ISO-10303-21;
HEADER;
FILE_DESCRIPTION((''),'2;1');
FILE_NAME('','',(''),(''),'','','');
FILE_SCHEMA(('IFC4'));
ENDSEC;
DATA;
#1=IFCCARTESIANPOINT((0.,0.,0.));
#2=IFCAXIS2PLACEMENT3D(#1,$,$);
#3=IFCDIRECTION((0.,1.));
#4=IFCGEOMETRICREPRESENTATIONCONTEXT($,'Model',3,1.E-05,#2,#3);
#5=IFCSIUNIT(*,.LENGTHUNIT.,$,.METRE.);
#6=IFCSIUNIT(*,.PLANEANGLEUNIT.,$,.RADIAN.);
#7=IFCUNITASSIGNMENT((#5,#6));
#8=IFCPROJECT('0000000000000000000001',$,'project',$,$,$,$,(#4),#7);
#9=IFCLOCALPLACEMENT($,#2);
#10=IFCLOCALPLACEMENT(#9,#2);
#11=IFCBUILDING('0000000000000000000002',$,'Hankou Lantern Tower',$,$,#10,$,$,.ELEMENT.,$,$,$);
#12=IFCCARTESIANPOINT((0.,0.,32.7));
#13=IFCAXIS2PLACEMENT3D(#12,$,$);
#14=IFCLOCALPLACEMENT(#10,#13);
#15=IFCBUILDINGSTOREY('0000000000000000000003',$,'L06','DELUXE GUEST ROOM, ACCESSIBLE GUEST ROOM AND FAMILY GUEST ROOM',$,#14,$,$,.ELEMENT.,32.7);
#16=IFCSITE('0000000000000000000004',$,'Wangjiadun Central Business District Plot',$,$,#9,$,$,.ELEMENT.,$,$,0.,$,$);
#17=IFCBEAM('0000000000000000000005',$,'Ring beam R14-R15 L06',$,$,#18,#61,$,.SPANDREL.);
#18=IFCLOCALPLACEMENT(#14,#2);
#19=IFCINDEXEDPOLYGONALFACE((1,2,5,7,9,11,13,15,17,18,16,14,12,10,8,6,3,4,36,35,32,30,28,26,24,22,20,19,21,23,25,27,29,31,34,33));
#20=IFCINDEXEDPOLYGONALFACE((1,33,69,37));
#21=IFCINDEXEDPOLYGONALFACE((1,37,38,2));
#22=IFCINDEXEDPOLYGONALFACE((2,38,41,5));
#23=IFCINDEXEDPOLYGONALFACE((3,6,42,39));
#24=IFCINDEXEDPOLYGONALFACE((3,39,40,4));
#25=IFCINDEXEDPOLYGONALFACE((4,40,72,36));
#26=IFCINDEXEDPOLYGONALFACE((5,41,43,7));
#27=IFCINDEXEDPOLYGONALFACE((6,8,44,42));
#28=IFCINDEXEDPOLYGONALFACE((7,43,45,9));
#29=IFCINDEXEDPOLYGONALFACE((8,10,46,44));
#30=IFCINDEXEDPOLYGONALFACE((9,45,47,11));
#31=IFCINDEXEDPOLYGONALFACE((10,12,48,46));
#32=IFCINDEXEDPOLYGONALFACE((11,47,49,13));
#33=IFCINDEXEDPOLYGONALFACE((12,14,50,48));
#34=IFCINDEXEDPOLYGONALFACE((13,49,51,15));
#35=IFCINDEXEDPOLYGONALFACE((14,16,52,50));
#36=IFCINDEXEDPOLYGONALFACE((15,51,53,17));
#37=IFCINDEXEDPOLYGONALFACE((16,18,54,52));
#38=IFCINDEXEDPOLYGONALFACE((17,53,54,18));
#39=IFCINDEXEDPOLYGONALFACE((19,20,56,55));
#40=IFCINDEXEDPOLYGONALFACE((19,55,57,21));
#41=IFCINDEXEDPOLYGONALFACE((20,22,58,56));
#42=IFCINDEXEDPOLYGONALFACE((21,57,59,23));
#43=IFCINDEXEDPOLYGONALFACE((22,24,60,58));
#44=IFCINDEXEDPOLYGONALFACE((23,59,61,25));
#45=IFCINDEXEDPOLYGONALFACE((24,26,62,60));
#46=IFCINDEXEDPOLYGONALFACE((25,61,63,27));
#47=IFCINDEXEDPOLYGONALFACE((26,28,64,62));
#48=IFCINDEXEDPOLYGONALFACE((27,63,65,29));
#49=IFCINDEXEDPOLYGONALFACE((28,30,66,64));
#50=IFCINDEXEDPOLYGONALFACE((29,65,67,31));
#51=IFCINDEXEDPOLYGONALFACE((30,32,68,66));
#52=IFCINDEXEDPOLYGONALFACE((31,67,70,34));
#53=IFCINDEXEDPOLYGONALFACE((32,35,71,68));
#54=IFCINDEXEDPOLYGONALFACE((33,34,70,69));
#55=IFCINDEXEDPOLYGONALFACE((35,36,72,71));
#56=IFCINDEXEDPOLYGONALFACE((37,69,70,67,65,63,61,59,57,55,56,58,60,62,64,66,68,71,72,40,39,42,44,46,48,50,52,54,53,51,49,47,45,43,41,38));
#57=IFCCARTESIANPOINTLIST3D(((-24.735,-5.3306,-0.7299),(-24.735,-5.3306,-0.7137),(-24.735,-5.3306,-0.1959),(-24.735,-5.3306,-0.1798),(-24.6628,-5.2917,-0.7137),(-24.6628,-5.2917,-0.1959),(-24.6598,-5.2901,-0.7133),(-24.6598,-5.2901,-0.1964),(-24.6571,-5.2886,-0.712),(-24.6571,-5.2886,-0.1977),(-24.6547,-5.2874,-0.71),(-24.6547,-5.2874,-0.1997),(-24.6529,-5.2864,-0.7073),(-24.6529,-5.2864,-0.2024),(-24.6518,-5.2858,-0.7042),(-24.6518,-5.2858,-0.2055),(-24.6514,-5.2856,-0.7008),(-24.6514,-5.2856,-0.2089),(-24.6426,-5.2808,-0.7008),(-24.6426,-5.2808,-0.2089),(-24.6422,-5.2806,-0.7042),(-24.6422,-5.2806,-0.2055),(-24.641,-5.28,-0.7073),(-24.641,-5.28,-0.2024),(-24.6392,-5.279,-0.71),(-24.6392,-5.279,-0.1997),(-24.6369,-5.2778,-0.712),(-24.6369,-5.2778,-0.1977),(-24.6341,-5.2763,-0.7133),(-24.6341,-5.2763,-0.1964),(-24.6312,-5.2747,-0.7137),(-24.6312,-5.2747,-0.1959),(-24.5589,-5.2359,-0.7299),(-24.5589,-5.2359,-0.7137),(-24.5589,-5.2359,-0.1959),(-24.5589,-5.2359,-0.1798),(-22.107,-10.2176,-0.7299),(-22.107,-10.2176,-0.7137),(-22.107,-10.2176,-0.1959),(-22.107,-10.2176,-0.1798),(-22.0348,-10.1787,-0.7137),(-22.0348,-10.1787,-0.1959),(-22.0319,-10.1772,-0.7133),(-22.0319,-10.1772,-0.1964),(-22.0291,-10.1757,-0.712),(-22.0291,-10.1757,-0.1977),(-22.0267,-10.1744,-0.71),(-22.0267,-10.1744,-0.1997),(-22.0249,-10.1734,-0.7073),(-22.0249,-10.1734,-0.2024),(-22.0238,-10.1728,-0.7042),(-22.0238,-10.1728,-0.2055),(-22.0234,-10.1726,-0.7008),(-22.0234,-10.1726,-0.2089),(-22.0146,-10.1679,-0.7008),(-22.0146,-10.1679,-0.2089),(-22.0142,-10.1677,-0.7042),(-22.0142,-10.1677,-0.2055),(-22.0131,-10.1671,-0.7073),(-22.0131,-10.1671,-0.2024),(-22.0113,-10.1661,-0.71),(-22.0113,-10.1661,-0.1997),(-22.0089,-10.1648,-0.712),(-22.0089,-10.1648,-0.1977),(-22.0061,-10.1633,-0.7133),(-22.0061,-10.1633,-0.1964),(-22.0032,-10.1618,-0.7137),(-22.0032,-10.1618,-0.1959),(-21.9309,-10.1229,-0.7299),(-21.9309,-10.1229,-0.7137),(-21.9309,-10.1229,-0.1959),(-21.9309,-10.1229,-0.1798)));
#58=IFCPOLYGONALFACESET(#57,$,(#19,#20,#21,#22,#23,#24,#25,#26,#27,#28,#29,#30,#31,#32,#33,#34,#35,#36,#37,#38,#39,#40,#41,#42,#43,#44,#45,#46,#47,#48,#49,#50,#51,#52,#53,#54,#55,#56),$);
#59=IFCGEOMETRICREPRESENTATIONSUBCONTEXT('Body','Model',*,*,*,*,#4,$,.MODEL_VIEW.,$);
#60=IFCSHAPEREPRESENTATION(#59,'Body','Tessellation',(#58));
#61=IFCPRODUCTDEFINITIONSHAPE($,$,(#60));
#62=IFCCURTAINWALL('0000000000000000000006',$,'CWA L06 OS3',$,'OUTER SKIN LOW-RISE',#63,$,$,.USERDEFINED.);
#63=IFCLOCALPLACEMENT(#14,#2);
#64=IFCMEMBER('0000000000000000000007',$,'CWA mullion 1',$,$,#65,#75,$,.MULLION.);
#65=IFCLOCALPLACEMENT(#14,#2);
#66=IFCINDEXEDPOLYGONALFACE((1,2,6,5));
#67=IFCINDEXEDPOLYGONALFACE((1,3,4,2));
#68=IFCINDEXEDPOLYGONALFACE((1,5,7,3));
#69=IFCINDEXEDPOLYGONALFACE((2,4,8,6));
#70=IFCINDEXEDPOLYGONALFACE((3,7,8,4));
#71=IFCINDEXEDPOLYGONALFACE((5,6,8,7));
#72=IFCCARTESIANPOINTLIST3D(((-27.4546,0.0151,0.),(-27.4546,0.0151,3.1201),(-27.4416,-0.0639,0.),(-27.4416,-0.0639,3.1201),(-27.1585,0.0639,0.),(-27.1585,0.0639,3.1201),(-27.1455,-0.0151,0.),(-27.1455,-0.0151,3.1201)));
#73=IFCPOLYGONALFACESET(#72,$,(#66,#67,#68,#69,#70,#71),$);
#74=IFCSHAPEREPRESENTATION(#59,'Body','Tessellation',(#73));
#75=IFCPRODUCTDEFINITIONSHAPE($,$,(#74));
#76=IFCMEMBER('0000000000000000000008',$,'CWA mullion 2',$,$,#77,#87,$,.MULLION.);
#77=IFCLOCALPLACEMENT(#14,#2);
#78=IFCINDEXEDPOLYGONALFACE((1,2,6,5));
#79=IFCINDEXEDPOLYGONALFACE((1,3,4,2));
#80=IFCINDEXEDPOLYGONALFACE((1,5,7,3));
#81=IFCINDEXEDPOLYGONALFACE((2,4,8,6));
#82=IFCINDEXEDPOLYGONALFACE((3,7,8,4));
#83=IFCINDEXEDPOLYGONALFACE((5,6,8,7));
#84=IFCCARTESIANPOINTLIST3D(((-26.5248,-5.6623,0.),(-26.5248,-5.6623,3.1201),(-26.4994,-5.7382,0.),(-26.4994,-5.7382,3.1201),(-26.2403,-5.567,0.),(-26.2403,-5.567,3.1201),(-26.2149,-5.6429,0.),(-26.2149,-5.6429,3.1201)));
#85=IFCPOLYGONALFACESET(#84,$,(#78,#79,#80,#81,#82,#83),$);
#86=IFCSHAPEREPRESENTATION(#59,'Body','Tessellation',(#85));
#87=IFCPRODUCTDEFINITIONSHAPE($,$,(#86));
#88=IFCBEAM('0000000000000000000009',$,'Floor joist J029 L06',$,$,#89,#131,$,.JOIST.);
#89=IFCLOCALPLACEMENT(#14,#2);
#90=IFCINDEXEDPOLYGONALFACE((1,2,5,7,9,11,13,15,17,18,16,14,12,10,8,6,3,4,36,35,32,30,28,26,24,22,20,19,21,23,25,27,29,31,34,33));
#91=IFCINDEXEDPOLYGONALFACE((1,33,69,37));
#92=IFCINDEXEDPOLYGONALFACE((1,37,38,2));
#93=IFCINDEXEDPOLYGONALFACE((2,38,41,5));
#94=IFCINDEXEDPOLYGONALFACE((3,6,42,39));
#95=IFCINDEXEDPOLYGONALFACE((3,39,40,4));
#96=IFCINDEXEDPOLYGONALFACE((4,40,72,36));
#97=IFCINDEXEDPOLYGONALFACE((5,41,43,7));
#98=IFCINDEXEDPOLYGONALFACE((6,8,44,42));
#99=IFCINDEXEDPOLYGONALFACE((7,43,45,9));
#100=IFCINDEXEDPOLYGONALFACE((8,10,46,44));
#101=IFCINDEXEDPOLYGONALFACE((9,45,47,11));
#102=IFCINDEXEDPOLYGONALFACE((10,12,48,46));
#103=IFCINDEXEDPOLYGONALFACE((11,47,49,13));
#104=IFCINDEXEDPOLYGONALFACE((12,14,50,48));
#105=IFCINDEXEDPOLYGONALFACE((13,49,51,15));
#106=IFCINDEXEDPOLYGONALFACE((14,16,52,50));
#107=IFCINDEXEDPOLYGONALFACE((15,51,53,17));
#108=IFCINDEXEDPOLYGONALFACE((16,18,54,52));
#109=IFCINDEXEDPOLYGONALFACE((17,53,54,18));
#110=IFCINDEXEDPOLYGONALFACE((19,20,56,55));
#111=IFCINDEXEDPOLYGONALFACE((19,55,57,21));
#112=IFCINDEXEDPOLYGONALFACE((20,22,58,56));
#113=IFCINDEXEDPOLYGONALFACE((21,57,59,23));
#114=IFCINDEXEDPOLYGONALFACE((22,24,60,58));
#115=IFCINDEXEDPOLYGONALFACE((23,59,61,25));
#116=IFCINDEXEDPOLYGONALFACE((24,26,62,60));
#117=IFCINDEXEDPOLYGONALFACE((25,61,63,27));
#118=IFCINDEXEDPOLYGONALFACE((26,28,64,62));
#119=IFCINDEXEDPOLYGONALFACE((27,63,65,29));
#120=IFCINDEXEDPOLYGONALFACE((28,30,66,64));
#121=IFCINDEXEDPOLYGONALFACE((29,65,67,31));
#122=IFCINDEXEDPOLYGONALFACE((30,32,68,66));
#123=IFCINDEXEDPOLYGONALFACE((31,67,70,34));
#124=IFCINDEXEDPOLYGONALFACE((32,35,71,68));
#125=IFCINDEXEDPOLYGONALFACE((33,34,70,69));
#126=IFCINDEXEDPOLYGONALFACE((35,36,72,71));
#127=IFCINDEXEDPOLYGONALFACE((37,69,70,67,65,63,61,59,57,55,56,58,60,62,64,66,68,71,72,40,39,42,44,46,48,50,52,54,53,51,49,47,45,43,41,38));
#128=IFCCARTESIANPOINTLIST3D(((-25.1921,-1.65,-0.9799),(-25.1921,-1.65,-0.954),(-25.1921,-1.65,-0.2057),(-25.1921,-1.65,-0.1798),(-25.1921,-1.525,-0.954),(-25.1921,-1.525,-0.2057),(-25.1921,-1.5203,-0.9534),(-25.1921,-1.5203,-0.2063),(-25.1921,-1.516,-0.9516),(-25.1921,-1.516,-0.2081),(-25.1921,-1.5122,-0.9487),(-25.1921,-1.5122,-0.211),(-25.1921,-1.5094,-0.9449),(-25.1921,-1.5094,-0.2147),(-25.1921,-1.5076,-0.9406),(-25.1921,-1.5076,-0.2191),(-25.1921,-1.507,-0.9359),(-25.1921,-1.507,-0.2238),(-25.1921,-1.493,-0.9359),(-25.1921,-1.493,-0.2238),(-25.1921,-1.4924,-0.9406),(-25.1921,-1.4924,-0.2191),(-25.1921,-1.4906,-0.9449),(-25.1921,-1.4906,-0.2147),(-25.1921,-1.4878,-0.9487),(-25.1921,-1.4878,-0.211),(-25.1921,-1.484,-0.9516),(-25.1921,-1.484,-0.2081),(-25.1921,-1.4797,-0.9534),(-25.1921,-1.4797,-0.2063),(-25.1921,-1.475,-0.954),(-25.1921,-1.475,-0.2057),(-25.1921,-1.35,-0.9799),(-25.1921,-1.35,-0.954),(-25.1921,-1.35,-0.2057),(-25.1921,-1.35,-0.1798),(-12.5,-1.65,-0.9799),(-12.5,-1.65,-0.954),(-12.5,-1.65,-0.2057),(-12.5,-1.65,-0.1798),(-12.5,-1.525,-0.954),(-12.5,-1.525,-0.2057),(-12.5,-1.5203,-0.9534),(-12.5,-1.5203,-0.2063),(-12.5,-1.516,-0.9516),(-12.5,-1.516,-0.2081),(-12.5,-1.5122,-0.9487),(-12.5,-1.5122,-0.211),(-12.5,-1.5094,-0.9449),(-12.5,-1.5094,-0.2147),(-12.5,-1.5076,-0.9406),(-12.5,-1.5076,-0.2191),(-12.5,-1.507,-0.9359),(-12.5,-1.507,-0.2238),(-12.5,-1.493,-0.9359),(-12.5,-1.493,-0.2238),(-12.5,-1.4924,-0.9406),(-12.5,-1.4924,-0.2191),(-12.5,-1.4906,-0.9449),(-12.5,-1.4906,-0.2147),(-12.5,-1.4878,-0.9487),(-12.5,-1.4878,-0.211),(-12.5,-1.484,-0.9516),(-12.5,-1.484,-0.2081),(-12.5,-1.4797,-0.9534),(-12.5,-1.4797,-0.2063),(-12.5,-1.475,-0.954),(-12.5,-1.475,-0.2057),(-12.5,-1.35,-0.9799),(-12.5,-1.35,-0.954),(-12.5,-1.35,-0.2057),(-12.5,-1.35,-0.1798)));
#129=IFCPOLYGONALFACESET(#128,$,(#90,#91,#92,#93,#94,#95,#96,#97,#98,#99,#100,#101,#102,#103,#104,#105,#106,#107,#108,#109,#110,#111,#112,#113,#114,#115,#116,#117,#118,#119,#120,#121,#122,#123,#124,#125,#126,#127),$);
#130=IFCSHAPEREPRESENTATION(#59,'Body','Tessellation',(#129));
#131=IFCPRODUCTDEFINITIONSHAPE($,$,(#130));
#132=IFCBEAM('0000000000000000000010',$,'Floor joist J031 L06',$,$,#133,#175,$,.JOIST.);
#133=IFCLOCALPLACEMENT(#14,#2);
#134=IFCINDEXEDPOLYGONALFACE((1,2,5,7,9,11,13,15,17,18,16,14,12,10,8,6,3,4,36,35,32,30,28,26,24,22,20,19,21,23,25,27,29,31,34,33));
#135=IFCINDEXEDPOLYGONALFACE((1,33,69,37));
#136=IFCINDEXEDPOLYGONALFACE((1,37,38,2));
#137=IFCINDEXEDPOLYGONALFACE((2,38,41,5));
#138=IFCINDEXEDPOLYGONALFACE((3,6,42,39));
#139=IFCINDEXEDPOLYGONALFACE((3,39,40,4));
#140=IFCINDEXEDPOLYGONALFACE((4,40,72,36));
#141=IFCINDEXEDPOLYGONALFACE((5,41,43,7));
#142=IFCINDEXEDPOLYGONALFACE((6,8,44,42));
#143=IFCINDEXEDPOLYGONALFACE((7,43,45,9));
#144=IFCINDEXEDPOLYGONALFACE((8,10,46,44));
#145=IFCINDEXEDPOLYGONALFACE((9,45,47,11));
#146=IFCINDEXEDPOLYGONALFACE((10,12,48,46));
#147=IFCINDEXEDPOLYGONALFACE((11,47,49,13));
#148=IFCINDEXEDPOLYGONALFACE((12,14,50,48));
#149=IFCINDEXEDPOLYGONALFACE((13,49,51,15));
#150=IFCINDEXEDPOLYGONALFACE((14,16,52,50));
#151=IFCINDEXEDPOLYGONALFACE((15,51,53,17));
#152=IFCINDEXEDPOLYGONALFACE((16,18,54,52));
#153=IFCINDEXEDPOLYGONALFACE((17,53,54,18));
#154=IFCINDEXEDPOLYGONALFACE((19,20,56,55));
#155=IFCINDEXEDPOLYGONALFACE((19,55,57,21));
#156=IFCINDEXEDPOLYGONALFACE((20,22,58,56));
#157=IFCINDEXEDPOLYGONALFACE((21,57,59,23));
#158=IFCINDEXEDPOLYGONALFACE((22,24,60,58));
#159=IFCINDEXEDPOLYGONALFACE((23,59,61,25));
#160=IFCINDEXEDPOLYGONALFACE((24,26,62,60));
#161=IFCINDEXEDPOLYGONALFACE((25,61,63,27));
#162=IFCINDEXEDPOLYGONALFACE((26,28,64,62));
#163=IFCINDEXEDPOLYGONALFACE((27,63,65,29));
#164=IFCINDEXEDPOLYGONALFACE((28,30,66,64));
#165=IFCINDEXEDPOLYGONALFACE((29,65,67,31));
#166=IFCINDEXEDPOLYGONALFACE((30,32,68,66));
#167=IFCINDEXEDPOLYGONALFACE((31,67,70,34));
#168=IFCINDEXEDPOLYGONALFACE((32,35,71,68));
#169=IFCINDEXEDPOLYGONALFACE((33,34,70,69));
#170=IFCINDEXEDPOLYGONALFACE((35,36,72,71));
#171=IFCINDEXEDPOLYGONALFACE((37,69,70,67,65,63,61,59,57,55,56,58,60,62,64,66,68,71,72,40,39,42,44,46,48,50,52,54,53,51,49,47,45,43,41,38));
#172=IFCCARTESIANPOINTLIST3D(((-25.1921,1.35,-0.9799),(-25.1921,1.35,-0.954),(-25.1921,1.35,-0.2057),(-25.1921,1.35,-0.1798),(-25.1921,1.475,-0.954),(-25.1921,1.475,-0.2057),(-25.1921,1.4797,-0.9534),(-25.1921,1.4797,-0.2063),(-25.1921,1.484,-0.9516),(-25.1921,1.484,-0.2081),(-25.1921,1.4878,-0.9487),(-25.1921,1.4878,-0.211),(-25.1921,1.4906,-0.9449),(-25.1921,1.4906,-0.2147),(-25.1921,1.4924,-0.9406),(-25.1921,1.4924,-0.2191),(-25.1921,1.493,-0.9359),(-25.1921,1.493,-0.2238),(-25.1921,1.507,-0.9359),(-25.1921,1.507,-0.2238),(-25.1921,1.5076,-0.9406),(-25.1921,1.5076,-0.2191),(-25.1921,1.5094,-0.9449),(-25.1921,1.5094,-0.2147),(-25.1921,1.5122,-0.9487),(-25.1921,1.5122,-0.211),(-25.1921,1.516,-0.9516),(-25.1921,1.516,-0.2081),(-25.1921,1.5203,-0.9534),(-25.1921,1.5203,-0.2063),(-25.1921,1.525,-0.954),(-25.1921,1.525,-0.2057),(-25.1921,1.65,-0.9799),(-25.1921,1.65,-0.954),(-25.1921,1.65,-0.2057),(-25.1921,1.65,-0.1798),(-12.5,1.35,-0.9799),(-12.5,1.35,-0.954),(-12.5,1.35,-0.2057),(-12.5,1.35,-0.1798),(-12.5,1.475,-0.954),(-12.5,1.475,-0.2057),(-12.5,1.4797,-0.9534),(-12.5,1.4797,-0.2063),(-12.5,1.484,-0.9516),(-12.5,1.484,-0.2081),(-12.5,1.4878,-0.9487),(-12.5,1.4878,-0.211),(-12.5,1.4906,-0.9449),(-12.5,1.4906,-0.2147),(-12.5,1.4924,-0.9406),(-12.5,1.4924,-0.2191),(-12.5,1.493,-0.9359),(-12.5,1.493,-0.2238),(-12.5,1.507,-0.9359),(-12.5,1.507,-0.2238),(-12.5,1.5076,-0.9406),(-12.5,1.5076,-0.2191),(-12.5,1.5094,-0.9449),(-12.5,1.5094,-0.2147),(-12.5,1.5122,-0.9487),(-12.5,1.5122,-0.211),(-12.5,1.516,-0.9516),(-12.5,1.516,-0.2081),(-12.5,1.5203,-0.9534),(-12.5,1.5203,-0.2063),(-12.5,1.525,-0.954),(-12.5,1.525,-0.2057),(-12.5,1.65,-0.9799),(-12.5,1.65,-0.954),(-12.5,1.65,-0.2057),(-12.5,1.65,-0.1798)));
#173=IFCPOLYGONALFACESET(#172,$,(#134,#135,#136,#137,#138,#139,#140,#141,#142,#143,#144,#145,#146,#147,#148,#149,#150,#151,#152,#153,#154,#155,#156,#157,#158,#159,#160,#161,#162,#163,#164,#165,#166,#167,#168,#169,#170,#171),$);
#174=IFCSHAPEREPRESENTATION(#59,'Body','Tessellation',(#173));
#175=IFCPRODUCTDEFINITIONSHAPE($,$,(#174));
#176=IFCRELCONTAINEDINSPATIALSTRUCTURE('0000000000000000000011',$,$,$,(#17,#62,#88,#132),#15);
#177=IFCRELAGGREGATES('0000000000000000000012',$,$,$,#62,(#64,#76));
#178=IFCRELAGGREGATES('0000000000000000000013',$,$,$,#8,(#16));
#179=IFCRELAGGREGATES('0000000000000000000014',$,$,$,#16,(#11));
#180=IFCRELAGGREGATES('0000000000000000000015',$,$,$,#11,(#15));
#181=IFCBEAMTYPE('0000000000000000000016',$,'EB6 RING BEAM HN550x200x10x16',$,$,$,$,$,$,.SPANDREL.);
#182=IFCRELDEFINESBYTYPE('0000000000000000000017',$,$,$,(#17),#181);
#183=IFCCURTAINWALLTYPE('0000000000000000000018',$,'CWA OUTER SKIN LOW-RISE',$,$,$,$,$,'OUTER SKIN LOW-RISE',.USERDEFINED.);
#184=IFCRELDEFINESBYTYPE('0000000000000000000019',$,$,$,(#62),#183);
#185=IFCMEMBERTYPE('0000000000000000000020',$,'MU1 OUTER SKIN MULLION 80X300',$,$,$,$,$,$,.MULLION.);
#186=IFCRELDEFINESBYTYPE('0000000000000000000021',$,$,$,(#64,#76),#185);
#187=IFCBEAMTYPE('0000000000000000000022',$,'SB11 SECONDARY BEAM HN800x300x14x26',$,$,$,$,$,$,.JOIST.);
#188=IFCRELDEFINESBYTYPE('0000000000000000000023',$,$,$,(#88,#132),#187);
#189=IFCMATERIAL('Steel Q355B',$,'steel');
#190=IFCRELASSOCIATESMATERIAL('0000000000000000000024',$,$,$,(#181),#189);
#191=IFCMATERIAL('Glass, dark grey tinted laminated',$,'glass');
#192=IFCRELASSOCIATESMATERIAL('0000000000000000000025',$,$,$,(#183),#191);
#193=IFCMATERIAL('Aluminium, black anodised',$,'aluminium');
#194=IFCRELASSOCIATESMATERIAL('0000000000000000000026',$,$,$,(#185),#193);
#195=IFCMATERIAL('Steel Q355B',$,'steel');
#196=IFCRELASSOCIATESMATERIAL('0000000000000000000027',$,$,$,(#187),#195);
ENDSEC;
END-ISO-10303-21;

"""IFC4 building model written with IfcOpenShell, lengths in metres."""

from ifc_helpers import new_model, si_unit, direction, frame, origin, origin_2d, place, context, subcontext, project, spatial, rectangle, i_section, extrude, material, material_profile, profile_set, type_object, element, aggregate, save


model = new_model("IFC4")

# Units and contexts
model_context = context("Model", 3, precision=1e-05, world=origin(), true_north=direction((0.0, 1.0)))
body_context = subcontext(model_context, "Body", "Model", "MODEL_VIEW")
ifc_project = project(units=[si_unit("LENGTHUNIT", "METRE"), si_unit("PLANEANGLEUNIT", "RADIAN")], contexts=[model_context])

# Site, building, storey
site_placement = place(None, origin())
site = spatial("IfcSite", under=ifc_project, at=site_placement, Name="Wangjiadun Central Business District Plot", CompositionType="ELEMENT", RefElevation=0.0)
building_placement = place(site_placement, origin())
building = spatial("IfcBuilding", under=site, at=building_placement, Name="Hankou Lantern Tower", CompositionType="ELEMENT")
storey_placement = place(building_placement, frame((0.0, 0.0, 32.7)))
storey = spatial("IfcBuildingStorey", under=building, at=storey_placement, Name="L06", Description="DELUXE GUEST ROOM, ACCESSIBLE GUEST ROOM AND FAMILY GUEST ROOM", CompositionType="ELEMENT", Elevation=32.7)

# Beam
ifc_material_1 = material(Name="Steel Q355B", Category="steel")
ifc_material_profile_1 = material_profile(ifc_material_1, i_section(OverallWidth=0.2, OverallDepth=0.55, WebThickness=0.01, FlangeThickness=0.0161, FilletRadius=0.0129, at=origin_2d()), Name="HN550x200x10x16")
ifc_profile_set_1 = profile_set([ifc_material_profile_1], Name="Steel Q355B")
beam_type_1 = type_object("IfcBeamType", Name="EB6 RING BEAM HN550x200x10x16", PredefinedType="SPANDREL", material=ifc_profile_set_1)
beam_1_placement = place(storey_placement, frame((-24.647, -5.2832, -0.4548), z_axis=(0.473609, -0.880735, 0.0), x_axis=(0.880735, 0.473609, 0.0)))
element("IfcBeam", 1, at=beam_1_placement, inside=storey, type_object=beam_type_1, Name="Ring beam R14-R15 L06", PredefinedType="SPANDREL", context=body_context, shape_type="SweptSolid", body=[
    extrude(i_section(OverallWidth=0.2, OverallDepth=0.55, WebThickness=0.01, FlangeThickness=0.0161, FilletRadius=0.0129, at=origin_2d()), origin(), (0.0, 0.0, 1.0), 5.5488),
])

# Curtain wall, members
ifc_material_2 = material(Name="Glass, dark grey tinted laminated", Category="glass")
curtain_wall_type = type_object("IfcCurtainWallType", Name="CWA OUTER SKIN LOW-RISE", ElementType="OUTER SKIN LOW-RISE", PredefinedType="USERDEFINED", material=ifc_material_2)
curtain_wall_1_placement = place(storey_placement, origin())
curtain_wall_1 = element("IfcCurtainWall", 2, at=curtain_wall_1_placement, inside=storey, type_object=curtain_wall_type, Name="CWA L06 OS3", ObjectType="OUTER SKIN LOW-RISE", PredefinedType="USERDEFINED")
ifc_material_3 = material(Name="Aluminium, black anodised", Category="aluminium")
ifc_material_profile_2 = material_profile(ifc_material_3, rectangle(XDim=0.0801, YDim=0.3, at=origin_2d()), Name="MU1 80X300")
ifc_profile_set_2 = profile_set([ifc_material_profile_2], Name="Aluminium, black anodised")
member_type_1 = type_object("IfcMemberType", Name="MU1 OUTER SKIN MULLION 80X300", PredefinedType="MULLION", material=ifc_profile_set_2)
member_1_placement = place(storey_placement, frame((-27.3, 0.0, 0.0), z_axis=(0.0, 0.0, 1.0), x_axis=(0.162382, -0.986728, 0.0)))
member_1 = element("IfcMember", 3, at=member_1_placement, type_object=member_type_1, Name="CWA mullion 1", PredefinedType="MULLION", context=body_context, shape_type="SweptSolid", body=[
    extrude(rectangle(XDim=0.0801, YDim=0.3, at=origin_2d()), origin(), (0.0, 0.0, 1.0), 3.1201),
])
member_2_placement = place(storey_placement, frame((-26.3699, -5.6526, 0.0), z_axis=(0.0, 0.0, 1.0), x_axis=(0.317596, -0.948226, 0.0)))
member_2 = element("IfcMember", 4, at=member_2_placement, type_object=member_type_1, Name="CWA mullion 2", PredefinedType="MULLION", context=body_context, shape_type="SweptSolid", body=[
    extrude(rectangle(XDim=0.0801, YDim=0.3, at=origin_2d()), origin(), (0.0, 0.0, 1.0), 3.1201),
])

# Beams
ifc_material_4 = material(Name="Steel Q355B", Category="steel")
ifc_material_profile_3 = material_profile(ifc_material_4, i_section(OverallWidth=0.3, OverallDepth=0.8, WebThickness=0.0139, FlangeThickness=0.0259, FilletRadius=0.0181, at=origin_2d()), Name="HN800x300x14x26")
ifc_profile_set_3 = profile_set([ifc_material_profile_3], Name="Steel Q355B")
beam_type_2 = type_object("IfcBeamType", Name="SB11 SECONDARY BEAM HN800x300x14x26", PredefinedType="JOIST", material=ifc_profile_set_3)
for number, where, z_axis, x_axis, name in (
    (5, (-25.1921, -1.5, -0.5798), (1.0, 0.0, 0.0), (0.0, 1.0, 0.0), "Floor joist J029 L06"),
    (6, (-25.1921, 1.5, -0.5798), (1.0, 0.0, 0.0), (0.0, 1.0, 0.0), "Floor joist J031 L06"),
):
    element("IfcBeam", number, at=place(storey_placement, frame(where, z_axis=z_axis, x_axis=x_axis)), inside=storey, type_object=beam_type_2, Name=name, PredefinedType="JOIST", context=body_context, shape_type="SweptSolid", body=[
        extrude(i_section(OverallWidth=0.3, OverallDepth=0.8, WebThickness=0.0139, FlangeThickness=0.0259, FilletRadius=0.0181, at=origin_2d()), origin(), (0.0, 0.0, 1.0), 12.6921),
    ])

aggregate(curtain_wall_1, [member_1, member_2])

save(model, "model.ifc")
